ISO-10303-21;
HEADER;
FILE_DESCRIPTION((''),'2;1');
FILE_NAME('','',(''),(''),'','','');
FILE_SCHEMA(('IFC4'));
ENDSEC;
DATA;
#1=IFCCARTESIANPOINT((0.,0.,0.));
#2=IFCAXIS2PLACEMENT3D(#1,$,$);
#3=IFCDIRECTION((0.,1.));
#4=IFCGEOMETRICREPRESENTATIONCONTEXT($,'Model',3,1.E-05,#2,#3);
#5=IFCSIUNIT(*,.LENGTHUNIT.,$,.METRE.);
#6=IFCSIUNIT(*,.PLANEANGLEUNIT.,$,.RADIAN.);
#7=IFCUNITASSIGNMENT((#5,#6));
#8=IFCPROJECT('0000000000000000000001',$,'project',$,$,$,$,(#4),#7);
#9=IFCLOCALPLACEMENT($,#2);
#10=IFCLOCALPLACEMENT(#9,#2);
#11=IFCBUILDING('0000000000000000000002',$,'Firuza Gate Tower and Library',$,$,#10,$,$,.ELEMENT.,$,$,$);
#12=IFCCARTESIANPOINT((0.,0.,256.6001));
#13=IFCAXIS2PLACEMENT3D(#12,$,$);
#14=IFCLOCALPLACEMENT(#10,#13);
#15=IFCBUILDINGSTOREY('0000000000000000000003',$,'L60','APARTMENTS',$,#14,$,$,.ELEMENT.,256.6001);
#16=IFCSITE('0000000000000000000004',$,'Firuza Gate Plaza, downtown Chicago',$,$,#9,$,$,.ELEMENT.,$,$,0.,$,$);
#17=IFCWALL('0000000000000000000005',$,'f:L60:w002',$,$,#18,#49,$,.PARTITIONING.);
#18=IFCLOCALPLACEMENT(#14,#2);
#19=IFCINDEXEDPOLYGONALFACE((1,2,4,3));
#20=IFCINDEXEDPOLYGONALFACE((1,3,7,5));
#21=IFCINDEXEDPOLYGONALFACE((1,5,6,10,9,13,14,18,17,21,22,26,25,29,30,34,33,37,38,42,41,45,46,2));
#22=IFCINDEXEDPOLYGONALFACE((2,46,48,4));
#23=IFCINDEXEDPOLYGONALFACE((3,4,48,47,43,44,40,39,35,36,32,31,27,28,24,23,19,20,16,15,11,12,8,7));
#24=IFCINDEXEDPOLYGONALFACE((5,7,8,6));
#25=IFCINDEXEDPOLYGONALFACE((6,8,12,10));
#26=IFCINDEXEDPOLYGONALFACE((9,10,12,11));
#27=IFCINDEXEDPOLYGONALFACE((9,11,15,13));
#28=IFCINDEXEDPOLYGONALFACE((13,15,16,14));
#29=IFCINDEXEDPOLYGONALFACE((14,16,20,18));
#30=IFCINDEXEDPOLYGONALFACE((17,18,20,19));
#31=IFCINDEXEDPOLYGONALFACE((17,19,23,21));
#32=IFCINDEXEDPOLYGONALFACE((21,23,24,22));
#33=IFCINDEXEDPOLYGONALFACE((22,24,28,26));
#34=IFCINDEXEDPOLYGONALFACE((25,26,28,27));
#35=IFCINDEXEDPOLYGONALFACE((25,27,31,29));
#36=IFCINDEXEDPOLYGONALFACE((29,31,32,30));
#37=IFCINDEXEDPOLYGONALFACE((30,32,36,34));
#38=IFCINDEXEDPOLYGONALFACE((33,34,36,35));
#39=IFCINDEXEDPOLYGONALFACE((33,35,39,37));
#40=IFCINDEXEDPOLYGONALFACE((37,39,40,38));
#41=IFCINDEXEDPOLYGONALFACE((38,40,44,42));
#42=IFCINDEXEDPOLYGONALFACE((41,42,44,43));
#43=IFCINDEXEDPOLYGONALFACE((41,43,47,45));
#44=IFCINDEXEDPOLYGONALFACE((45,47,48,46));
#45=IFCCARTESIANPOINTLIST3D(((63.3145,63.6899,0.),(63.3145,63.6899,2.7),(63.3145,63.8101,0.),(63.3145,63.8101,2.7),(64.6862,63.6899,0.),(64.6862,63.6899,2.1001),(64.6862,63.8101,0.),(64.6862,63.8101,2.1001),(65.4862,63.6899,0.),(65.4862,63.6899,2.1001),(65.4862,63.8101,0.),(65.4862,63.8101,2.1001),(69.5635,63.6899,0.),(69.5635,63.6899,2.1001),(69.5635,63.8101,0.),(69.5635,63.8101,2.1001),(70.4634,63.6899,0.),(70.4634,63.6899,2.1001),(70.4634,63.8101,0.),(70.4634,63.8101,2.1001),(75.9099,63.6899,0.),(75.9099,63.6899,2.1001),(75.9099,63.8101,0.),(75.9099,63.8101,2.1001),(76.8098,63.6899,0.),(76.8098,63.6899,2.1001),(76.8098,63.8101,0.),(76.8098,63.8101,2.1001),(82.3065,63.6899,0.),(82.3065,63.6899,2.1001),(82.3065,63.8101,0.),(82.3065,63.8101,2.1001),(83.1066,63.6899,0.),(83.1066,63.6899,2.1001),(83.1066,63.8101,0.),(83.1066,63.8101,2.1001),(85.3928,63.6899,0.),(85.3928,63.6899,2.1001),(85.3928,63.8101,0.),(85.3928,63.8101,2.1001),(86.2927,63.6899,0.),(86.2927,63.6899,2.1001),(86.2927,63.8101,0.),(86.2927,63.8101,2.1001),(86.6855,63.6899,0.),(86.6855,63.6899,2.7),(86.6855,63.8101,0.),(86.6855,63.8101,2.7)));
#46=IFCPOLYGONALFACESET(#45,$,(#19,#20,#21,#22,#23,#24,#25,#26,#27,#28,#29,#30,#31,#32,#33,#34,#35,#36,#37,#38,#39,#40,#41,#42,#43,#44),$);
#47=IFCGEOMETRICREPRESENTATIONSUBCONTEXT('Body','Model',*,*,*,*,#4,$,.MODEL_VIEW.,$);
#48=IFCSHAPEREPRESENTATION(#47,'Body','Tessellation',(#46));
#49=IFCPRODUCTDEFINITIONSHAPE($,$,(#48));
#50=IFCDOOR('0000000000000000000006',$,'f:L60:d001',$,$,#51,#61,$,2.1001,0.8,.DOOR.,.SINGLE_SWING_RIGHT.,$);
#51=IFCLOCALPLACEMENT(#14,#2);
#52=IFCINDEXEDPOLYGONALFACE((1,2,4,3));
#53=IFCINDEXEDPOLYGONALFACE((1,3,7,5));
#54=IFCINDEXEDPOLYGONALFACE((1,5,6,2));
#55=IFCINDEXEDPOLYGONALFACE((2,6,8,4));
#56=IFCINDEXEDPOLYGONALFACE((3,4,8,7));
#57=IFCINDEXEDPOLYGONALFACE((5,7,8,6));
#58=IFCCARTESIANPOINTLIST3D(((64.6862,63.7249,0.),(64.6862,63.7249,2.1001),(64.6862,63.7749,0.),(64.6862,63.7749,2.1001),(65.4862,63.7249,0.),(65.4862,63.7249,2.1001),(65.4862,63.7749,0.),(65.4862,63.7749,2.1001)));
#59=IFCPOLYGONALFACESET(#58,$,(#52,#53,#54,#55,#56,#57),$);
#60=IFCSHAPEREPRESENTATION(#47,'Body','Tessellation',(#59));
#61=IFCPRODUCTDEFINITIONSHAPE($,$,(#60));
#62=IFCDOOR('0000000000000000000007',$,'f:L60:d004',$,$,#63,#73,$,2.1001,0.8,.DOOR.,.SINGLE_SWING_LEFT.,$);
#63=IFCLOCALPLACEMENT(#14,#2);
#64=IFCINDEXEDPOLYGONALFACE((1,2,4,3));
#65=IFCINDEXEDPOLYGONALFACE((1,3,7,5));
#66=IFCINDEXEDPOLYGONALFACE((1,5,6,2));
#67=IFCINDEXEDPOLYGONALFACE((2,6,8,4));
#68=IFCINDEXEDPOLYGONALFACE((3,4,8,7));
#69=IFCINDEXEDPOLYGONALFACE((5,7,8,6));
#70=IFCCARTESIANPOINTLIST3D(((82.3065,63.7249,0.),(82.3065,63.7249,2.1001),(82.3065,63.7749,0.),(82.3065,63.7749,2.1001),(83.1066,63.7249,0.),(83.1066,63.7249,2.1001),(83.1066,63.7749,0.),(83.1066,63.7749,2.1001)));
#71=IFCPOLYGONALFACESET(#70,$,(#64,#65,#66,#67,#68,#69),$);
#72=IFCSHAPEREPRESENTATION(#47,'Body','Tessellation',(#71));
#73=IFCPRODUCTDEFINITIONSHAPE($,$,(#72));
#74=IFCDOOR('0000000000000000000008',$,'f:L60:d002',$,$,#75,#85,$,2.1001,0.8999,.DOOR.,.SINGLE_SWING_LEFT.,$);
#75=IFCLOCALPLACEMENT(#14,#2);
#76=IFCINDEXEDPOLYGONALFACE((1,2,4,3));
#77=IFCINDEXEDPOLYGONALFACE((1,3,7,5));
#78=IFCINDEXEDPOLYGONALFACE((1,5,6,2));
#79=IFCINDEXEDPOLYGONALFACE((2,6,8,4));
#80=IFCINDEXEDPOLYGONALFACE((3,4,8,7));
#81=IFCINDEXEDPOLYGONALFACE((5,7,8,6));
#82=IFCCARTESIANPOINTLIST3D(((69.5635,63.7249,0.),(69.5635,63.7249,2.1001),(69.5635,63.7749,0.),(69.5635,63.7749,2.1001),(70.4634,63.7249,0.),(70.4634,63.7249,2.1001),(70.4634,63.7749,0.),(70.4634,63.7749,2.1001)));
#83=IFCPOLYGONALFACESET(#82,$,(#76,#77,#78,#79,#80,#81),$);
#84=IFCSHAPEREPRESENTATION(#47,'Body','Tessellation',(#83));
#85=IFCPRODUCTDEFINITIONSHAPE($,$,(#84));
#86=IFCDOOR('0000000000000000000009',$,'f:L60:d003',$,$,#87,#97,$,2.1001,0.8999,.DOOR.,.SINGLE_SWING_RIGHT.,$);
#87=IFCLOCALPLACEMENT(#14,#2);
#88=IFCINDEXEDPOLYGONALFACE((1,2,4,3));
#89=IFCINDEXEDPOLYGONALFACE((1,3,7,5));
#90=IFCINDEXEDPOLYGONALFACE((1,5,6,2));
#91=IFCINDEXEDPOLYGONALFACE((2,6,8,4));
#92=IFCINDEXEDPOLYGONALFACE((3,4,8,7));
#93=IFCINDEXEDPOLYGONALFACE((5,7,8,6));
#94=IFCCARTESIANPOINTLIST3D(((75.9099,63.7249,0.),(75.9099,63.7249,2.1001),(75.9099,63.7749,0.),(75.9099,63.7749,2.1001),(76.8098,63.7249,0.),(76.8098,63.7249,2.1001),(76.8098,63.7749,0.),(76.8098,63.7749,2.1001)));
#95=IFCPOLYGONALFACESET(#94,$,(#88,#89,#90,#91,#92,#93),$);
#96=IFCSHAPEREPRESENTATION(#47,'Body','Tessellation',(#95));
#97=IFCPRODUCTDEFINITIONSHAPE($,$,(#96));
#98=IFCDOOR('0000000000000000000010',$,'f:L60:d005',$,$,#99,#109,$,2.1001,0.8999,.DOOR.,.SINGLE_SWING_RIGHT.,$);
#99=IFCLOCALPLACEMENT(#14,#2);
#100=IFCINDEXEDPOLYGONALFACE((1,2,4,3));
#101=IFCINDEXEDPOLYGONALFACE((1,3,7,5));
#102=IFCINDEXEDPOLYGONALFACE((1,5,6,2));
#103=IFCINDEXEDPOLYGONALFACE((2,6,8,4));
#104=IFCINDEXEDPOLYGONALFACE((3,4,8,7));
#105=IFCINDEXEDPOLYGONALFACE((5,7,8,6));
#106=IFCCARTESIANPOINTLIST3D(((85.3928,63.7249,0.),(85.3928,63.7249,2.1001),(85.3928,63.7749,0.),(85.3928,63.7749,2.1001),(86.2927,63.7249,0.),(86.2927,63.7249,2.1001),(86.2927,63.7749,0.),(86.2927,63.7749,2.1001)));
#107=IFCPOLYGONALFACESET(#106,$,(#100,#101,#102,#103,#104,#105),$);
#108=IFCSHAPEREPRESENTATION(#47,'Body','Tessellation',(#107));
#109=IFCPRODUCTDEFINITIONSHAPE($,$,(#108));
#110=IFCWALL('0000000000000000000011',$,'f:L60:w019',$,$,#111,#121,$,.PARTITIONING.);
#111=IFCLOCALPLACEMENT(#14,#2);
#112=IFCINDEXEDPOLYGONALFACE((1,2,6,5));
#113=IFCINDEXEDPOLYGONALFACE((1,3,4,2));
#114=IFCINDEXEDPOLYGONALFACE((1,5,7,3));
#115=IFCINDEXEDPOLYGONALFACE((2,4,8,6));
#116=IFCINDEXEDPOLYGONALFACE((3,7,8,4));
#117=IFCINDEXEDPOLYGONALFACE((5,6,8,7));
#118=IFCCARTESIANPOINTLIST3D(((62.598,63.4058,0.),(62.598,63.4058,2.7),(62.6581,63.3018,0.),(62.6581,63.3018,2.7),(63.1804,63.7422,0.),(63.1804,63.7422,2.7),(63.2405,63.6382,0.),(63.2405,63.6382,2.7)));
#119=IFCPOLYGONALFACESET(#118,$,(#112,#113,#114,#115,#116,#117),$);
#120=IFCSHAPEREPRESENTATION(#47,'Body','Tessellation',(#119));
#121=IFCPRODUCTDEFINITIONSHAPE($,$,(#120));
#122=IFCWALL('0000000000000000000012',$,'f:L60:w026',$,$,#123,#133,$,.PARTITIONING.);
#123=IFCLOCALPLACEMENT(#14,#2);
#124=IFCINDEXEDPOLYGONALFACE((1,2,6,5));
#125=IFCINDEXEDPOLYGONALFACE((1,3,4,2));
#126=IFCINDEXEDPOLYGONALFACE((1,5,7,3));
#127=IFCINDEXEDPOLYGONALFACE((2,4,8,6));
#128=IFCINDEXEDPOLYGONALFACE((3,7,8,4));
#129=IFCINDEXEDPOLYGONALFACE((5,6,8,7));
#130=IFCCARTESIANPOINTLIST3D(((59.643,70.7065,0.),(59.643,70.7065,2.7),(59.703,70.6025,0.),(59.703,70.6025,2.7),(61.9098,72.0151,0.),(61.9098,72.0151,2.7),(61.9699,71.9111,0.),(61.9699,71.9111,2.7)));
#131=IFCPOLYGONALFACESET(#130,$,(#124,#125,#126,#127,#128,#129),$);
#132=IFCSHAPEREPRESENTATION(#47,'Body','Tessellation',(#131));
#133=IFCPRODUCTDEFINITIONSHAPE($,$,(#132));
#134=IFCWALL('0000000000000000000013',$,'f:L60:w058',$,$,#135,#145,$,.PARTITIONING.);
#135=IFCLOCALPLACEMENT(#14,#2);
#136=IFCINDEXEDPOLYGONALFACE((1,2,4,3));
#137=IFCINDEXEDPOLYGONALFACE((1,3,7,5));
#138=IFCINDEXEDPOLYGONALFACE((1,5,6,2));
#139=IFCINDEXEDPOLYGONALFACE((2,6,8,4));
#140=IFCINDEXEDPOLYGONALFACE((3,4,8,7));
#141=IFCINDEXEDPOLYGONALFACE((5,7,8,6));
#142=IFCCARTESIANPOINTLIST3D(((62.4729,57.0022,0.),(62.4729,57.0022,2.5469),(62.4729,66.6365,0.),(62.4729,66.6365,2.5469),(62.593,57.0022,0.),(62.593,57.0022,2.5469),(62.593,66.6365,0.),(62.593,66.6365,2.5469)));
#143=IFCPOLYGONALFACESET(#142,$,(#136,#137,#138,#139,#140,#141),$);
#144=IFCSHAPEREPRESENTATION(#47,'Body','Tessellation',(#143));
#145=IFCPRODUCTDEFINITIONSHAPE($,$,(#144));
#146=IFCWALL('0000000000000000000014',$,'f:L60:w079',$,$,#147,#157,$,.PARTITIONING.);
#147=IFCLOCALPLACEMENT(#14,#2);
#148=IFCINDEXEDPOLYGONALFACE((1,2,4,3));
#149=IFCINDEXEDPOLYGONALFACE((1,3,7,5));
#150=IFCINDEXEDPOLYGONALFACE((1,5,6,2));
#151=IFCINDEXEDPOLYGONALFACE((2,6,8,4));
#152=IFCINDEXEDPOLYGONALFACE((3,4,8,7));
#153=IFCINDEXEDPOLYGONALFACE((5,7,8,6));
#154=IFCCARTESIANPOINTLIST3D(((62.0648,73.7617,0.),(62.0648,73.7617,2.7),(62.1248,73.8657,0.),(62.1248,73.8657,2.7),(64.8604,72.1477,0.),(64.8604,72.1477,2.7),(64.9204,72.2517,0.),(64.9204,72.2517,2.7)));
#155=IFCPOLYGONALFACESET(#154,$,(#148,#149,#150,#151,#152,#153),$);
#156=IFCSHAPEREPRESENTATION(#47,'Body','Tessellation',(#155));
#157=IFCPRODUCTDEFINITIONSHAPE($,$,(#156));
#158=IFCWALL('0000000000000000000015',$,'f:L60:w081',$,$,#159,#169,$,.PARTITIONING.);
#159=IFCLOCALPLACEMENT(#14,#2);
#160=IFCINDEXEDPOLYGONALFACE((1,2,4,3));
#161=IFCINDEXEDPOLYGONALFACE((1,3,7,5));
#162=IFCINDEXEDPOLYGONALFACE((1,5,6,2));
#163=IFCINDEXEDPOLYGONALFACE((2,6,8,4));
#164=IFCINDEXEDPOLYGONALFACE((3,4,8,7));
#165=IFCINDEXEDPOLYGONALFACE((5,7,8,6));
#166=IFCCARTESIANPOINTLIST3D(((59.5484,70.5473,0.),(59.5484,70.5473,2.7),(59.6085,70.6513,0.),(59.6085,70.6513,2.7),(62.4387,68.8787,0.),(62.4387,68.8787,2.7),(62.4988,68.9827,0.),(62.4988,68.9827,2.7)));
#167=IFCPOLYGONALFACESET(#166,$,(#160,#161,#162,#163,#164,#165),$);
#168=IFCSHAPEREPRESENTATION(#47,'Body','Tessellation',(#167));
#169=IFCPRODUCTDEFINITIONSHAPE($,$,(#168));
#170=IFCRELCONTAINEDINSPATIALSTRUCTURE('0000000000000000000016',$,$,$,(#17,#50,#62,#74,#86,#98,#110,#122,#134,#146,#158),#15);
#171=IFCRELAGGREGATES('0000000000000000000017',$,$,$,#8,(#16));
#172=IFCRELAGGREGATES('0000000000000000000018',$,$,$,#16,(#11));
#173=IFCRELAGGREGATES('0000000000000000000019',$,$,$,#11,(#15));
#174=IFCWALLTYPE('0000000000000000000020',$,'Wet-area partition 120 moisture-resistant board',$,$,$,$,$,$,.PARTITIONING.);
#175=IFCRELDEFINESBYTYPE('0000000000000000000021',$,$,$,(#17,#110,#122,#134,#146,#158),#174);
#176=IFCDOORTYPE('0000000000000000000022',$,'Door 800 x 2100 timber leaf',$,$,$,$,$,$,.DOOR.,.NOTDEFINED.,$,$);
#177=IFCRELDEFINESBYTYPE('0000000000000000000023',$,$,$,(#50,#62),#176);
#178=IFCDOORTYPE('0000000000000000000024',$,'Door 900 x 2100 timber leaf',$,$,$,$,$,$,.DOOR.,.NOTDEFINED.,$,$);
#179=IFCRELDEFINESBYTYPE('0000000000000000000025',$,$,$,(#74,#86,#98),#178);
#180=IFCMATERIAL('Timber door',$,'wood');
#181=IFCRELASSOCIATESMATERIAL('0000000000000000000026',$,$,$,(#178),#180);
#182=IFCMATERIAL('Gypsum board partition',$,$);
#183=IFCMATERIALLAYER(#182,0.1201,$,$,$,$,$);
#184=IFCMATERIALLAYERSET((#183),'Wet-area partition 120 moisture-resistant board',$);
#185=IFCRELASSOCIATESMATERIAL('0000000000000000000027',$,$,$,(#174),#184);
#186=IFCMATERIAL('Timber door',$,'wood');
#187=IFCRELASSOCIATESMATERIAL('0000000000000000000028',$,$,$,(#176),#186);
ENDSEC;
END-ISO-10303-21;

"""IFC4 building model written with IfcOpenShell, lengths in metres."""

from ifc_helpers import new_model, si_unit, direction, frame, frame_2d, origin, place, context, subcontext, project, spatial, rectangle, extrude, material, layer, layer_set, type_object, element, fill, save


model = new_model("IFC4")

# Units and contexts
model_context = context("Model", 3, precision=1e-05, world=origin(), true_north=direction((0.0, 1.0)))
body_context = subcontext(model_context, "Body", "Model", "MODEL_VIEW")
ifc_project = project(units=[si_unit("LENGTHUNIT", "METRE"), si_unit("PLANEANGLEUNIT", "RADIAN")], contexts=[model_context])

# Site, building, storey
site_placement = place(None, origin())
site = spatial("IfcSite", under=ifc_project, at=site_placement, Name="Firuza Gate Plaza, downtown Chicago", CompositionType="ELEMENT", RefElevation=0.0)
building_placement = place(site_placement, origin())
building = spatial("IfcBuilding", under=site, at=building_placement, Name="Firuza Gate Tower and Library", CompositionType="ELEMENT")
storey_placement = place(building_placement, frame((0.0, 0.0, 256.6001)))
storey = spatial("IfcBuildingStorey", under=building, at=storey_placement, Name="L60", Description="APARTMENTS", CompositionType="ELEMENT", Elevation=256.6001)

# Shared definitions
ifc_material_1 = material(Name="Timber door", Category="wood")
door_type_1 = type_object("IfcDoorType", Name="Door 900 x 2100 timber leaf", OperationType="NOTDEFINED", PredefinedType="DOOR", material=ifc_material_1)

# Wall, openings, doors
ifc_material_2 = material(Name="Gypsum board partition")
ifc_layer_1 = layer(ifc_material_2, 0.1201)
ifc_layer_set_1 = layer_set([ifc_layer_1], Name="Wet-area partition 120 moisture-resistant board")
wall_type_1 = type_object("IfcWallType", Name="Wet-area partition 120 moisture-resistant board", PredefinedType="PARTITIONING", material=ifc_layer_set_1)
wall_1_placement = place(storey_placement, frame((63.3145, 63.75, 0.0), z_axis=(0.0, 0.0, 1.0), x_axis=(1.0, 0.0, 0.0)))
wall_1 = element("IfcWall", 1, at=wall_1_placement, inside=storey, type_object=wall_type_1, Name="f:L60:w002", PredefinedType="PARTITIONING", context=body_context, shape_type="SweptSolid", body=[
    extrude(rectangle(XDim=23.3711, YDim=0.1201, at=frame_2d((11.6855, 0.0))), origin(), (0.0, 0.0, 1.0), 2.7),
])
opening_1_placement = place(wall_1_placement, frame((1.3718, 0.0, 0.0)))
opening_1 = element("IfcOpeningElement", 2, at=opening_1_placement, cuts=wall_1, PredefinedType="OPENING", context=body_context, shape_type="SweptSolid", body=[
    extrude(rectangle(XDim=0.8, YDim=2.1001, at=frame_2d((0.3999, 1.05))), frame((0.0, 0.0701, 0.0), z_axis=(0.0, -1.0, 0.0), x_axis=(1.0, 0.0, 0.0)), (0.0, 0.0, 1.0), 0.1401),
])
opening_2_placement = place(wall_1_placement, frame((6.249, 0.0, 0.0)))
opening_2 = element("IfcOpeningElement", 3, at=opening_2_placement, cuts=wall_1, PredefinedType="OPENING", context=body_context, shape_type="SweptSolid", body=[
    extrude(rectangle(XDim=0.8999, YDim=2.1001, at=frame_2d((0.45, 1.05))), frame((0.0, 0.0701, 0.0), z_axis=(0.0, -1.0, 0.0), x_axis=(1.0, 0.0, 0.0)), (0.0, 0.0, 1.0), 0.1401),
])
opening_3_placement = place(wall_1_placement, frame((12.5955, 0.0, 0.0)))
opening_3 = element("IfcOpeningElement", 4, at=opening_3_placement, cuts=wall_1, PredefinedType="OPENING", context=body_context, shape_type="SweptSolid", body=[
    extrude(rectangle(XDim=0.8999, YDim=2.1001, at=frame_2d((0.45, 1.05))), frame((0.0, 0.0701, 0.0), z_axis=(0.0, -1.0, 0.0), x_axis=(1.0, 0.0, 0.0)), (0.0, 0.0, 1.0), 0.1401),
])
opening_4_placement = place(wall_1_placement, frame((18.9922, 0.0, 0.0)))
opening_4 = element("IfcOpeningElement", 5, at=opening_4_placement, cuts=wall_1, PredefinedType="OPENING", context=body_context, shape_type="SweptSolid", body=[
    extrude(rectangle(XDim=0.8, YDim=2.1001, at=frame_2d((0.3999, 1.05))), frame((0.0, 0.0701, 0.0), z_axis=(0.0, -1.0, 0.0), x_axis=(1.0, 0.0, 0.0)), (0.0, 0.0, 1.0), 0.1401),
])
opening_5_placement = place(wall_1_placement, frame((22.0784, 0.0, 0.0)))
opening_5 = element("IfcOpeningElement", 6, at=opening_5_placement, cuts=wall_1, PredefinedType="OPENING", context=body_context, shape_type="SweptSolid", body=[
    extrude(rectangle(XDim=0.8999, YDim=2.1001, at=frame_2d((0.45, 1.05))), frame((0.0, 0.0701, 0.0), z_axis=(0.0, -1.0, 0.0), x_axis=(1.0, 0.0, 0.0)), (0.0, 0.0, 1.0), 0.1401),
])
ifc_material_3 = material(Name="Timber door", Category="wood")
door_type_2 = type_object("IfcDoorType", Name="Door 800 x 2100 timber leaf", OperationType="NOTDEFINED", PredefinedType="DOOR", material=ifc_material_3)
door_1_placement = place(opening_1_placement, origin())
door_1 = element("IfcDoor", 7, at=door_1_placement, inside=storey, type_object=door_type_2, Name="f:L60:d001", OperationType="SINGLE_SWING_RIGHT", OverallHeight=2.1001, OverallWidth=0.8, PredefinedType="DOOR", context=body_context, shape_type="SweptSolid", body=[
    extrude(rectangle(XDim=0.8, YDim=2.1001, at=frame_2d((0.3999, 1.05))), frame((0.0, 0.0249, 0.0), z_axis=(0.0, -1.0, 0.0), x_axis=(1.0, 0.0, 0.0)), (0.0, 0.0, 1.0), 0.05),
])
fill(opening_1, door_1)
door_2_placement = place(opening_4_placement, origin())
door_2 = element("IfcDoor", 8, at=door_2_placement, inside=storey, type_object=door_type_2, Name="f:L60:d004", OperationType="SINGLE_SWING_LEFT", OverallHeight=2.1001, OverallWidth=0.8, PredefinedType="DOOR", context=body_context, shape_type="SweptSolid", body=[
    extrude(rectangle(XDim=0.8, YDim=2.1001, at=frame_2d((0.3999, 1.05))), frame((0.0, 0.0249, 0.0), z_axis=(0.0, -1.0, 0.0), x_axis=(1.0, 0.0, 0.0)), (0.0, 0.0, 1.0), 0.05),
])
fill(opening_4, door_2)
door_3_placement = place(opening_2_placement, origin())
door_3 = element("IfcDoor", 9, at=door_3_placement, inside=storey, type_object=door_type_1, Name="f:L60:d002", OperationType="SINGLE_SWING_LEFT", OverallHeight=2.1001, OverallWidth=0.8999, PredefinedType="DOOR", context=body_context, shape_type="SweptSolid", body=[
    extrude(rectangle(XDim=0.8999, YDim=2.1001, at=frame_2d((0.45, 1.05))), frame((0.0, 0.0249, 0.0), z_axis=(0.0, -1.0, 0.0), x_axis=(1.0, 0.0, 0.0)), (0.0, 0.0, 1.0), 0.05),
])
fill(opening_2, door_3)
door_4_placement = place(opening_3_placement, origin())
door_4 = element("IfcDoor", 10, at=door_4_placement, inside=storey, type_object=door_type_1, Name="f:L60:d003", OperationType="SINGLE_SWING_RIGHT", OverallHeight=2.1001, OverallWidth=0.8999, PredefinedType="DOOR", context=body_context, shape_type="SweptSolid", body=[
    extrude(rectangle(XDim=0.8999, YDim=2.1001, at=frame_2d((0.45, 1.05))), frame((0.0, 0.0249, 0.0), z_axis=(0.0, -1.0, 0.0), x_axis=(1.0, 0.0, 0.0)), (0.0, 0.0, 1.0), 0.05),
])
fill(opening_3, door_4)
door_5_placement = place(opening_5_placement, origin())
door_5 = element("IfcDoor", 11, at=door_5_placement, inside=storey, type_object=door_type_1, Name="f:L60:d005", OperationType="SINGLE_SWING_RIGHT", OverallHeight=2.1001, OverallWidth=0.8999, PredefinedType="DOOR", context=body_context, shape_type="SweptSolid", body=[
    extrude(rectangle(XDim=0.8999, YDim=2.1001, at=frame_2d((0.45, 1.05))), frame((0.0, 0.0249, 0.0), z_axis=(0.0, -1.0, 0.0), x_axis=(1.0, 0.0, 0.0)), (0.0, 0.0, 1.0), 0.05),
])
fill(opening_5, door_5)

# Walls
wall_2_placement = place(storey_placement, frame((62.6279, 63.3538, 0.0), z_axis=(0.0, 0.0, 1.0), x_axis=(0.865956, 0.50012, 0.0)))
element("IfcWall", 12, at=wall_2_placement, inside=storey, type_object=wall_type_1, Name="f:L60:w019", PredefinedType="PARTITIONING", context=body_context, shape_type="SweptSolid", body=[
    extrude(rectangle(XDim=0.6726, YDim=0.1201, at=frame_2d((0.3364, 0.0))), origin(), (0.0, 0.0, 1.0), 2.7),
])
wall_3_placement = place(storey_placement, frame((59.6731, 70.6545, 0.0), z_axis=(0.0, 0.0, 1.0), x_axis=(0.866054, 0.499951, 0.0)))
element("IfcWall", 13, at=wall_3_placement, inside=storey, type_object=wall_type_1, Name="f:L60:w026", PredefinedType="PARTITIONING", context=body_context, shape_type="SweptSolid", body=[
    extrude(rectangle(XDim=2.6174, YDim=0.1201, at=frame_2d((1.3086, 0.0))), origin(), (0.0, 0.0, 1.0), 2.7),
])
wall_4_placement = place(storey_placement, frame((62.533, 57.0022, 0.0), z_axis=(0.0, 0.0, 1.0), x_axis=(0.0, 1.0, 0.0)))
element("IfcWall", 14, at=wall_4_placement, inside=storey, type_object=wall_type_1, Name="f:L60:w058", PredefinedType="PARTITIONING", context=body_context, shape_type="SweptSolid", body=[
    extrude(rectangle(XDim=9.6343, YDim=0.1201, at=frame_2d((4.8171, 0.0))), origin(), (0.0, 0.0, 1.0), 2.5469),
])
wall_5_placement = place(storey_placement, frame((64.8904, 72.1997, 0.0), z_axis=(0.0, 0.0, 1.0), x_axis=(-0.866033, 0.499987, 0.0)))
element("IfcWall", 15, at=wall_5_placement, inside=storey, type_object=wall_type_1, Name="f:L60:w079", PredefinedType="PARTITIONING", context=body_context, shape_type="SweptSolid", body=[
    extrude(rectangle(XDim=3.228, YDim=0.1201, at=frame_2d((1.614, 0.0))), origin(), (0.0, 0.0, 1.0), 2.7),
])
wall_6_placement = place(storey_placement, frame((62.4688, 68.9307, 0.0), z_axis=(0.0, 0.0, 1.0), x_axis=(-0.866033, 0.499986, 0.0)))
element("IfcWall", 16, at=wall_6_placement, inside=storey, type_object=wall_type_1, Name="f:L60:w081", PredefinedType="PARTITIONING", context=body_context, shape_type="SweptSolid", body=[
    extrude(rectangle(XDim=3.3374, YDim=0.1201, at=frame_2d((1.6687, 0.0))), origin(), (0.0, 0.0, 1.0), 2.7),
])

save(model, "model.ifc")
